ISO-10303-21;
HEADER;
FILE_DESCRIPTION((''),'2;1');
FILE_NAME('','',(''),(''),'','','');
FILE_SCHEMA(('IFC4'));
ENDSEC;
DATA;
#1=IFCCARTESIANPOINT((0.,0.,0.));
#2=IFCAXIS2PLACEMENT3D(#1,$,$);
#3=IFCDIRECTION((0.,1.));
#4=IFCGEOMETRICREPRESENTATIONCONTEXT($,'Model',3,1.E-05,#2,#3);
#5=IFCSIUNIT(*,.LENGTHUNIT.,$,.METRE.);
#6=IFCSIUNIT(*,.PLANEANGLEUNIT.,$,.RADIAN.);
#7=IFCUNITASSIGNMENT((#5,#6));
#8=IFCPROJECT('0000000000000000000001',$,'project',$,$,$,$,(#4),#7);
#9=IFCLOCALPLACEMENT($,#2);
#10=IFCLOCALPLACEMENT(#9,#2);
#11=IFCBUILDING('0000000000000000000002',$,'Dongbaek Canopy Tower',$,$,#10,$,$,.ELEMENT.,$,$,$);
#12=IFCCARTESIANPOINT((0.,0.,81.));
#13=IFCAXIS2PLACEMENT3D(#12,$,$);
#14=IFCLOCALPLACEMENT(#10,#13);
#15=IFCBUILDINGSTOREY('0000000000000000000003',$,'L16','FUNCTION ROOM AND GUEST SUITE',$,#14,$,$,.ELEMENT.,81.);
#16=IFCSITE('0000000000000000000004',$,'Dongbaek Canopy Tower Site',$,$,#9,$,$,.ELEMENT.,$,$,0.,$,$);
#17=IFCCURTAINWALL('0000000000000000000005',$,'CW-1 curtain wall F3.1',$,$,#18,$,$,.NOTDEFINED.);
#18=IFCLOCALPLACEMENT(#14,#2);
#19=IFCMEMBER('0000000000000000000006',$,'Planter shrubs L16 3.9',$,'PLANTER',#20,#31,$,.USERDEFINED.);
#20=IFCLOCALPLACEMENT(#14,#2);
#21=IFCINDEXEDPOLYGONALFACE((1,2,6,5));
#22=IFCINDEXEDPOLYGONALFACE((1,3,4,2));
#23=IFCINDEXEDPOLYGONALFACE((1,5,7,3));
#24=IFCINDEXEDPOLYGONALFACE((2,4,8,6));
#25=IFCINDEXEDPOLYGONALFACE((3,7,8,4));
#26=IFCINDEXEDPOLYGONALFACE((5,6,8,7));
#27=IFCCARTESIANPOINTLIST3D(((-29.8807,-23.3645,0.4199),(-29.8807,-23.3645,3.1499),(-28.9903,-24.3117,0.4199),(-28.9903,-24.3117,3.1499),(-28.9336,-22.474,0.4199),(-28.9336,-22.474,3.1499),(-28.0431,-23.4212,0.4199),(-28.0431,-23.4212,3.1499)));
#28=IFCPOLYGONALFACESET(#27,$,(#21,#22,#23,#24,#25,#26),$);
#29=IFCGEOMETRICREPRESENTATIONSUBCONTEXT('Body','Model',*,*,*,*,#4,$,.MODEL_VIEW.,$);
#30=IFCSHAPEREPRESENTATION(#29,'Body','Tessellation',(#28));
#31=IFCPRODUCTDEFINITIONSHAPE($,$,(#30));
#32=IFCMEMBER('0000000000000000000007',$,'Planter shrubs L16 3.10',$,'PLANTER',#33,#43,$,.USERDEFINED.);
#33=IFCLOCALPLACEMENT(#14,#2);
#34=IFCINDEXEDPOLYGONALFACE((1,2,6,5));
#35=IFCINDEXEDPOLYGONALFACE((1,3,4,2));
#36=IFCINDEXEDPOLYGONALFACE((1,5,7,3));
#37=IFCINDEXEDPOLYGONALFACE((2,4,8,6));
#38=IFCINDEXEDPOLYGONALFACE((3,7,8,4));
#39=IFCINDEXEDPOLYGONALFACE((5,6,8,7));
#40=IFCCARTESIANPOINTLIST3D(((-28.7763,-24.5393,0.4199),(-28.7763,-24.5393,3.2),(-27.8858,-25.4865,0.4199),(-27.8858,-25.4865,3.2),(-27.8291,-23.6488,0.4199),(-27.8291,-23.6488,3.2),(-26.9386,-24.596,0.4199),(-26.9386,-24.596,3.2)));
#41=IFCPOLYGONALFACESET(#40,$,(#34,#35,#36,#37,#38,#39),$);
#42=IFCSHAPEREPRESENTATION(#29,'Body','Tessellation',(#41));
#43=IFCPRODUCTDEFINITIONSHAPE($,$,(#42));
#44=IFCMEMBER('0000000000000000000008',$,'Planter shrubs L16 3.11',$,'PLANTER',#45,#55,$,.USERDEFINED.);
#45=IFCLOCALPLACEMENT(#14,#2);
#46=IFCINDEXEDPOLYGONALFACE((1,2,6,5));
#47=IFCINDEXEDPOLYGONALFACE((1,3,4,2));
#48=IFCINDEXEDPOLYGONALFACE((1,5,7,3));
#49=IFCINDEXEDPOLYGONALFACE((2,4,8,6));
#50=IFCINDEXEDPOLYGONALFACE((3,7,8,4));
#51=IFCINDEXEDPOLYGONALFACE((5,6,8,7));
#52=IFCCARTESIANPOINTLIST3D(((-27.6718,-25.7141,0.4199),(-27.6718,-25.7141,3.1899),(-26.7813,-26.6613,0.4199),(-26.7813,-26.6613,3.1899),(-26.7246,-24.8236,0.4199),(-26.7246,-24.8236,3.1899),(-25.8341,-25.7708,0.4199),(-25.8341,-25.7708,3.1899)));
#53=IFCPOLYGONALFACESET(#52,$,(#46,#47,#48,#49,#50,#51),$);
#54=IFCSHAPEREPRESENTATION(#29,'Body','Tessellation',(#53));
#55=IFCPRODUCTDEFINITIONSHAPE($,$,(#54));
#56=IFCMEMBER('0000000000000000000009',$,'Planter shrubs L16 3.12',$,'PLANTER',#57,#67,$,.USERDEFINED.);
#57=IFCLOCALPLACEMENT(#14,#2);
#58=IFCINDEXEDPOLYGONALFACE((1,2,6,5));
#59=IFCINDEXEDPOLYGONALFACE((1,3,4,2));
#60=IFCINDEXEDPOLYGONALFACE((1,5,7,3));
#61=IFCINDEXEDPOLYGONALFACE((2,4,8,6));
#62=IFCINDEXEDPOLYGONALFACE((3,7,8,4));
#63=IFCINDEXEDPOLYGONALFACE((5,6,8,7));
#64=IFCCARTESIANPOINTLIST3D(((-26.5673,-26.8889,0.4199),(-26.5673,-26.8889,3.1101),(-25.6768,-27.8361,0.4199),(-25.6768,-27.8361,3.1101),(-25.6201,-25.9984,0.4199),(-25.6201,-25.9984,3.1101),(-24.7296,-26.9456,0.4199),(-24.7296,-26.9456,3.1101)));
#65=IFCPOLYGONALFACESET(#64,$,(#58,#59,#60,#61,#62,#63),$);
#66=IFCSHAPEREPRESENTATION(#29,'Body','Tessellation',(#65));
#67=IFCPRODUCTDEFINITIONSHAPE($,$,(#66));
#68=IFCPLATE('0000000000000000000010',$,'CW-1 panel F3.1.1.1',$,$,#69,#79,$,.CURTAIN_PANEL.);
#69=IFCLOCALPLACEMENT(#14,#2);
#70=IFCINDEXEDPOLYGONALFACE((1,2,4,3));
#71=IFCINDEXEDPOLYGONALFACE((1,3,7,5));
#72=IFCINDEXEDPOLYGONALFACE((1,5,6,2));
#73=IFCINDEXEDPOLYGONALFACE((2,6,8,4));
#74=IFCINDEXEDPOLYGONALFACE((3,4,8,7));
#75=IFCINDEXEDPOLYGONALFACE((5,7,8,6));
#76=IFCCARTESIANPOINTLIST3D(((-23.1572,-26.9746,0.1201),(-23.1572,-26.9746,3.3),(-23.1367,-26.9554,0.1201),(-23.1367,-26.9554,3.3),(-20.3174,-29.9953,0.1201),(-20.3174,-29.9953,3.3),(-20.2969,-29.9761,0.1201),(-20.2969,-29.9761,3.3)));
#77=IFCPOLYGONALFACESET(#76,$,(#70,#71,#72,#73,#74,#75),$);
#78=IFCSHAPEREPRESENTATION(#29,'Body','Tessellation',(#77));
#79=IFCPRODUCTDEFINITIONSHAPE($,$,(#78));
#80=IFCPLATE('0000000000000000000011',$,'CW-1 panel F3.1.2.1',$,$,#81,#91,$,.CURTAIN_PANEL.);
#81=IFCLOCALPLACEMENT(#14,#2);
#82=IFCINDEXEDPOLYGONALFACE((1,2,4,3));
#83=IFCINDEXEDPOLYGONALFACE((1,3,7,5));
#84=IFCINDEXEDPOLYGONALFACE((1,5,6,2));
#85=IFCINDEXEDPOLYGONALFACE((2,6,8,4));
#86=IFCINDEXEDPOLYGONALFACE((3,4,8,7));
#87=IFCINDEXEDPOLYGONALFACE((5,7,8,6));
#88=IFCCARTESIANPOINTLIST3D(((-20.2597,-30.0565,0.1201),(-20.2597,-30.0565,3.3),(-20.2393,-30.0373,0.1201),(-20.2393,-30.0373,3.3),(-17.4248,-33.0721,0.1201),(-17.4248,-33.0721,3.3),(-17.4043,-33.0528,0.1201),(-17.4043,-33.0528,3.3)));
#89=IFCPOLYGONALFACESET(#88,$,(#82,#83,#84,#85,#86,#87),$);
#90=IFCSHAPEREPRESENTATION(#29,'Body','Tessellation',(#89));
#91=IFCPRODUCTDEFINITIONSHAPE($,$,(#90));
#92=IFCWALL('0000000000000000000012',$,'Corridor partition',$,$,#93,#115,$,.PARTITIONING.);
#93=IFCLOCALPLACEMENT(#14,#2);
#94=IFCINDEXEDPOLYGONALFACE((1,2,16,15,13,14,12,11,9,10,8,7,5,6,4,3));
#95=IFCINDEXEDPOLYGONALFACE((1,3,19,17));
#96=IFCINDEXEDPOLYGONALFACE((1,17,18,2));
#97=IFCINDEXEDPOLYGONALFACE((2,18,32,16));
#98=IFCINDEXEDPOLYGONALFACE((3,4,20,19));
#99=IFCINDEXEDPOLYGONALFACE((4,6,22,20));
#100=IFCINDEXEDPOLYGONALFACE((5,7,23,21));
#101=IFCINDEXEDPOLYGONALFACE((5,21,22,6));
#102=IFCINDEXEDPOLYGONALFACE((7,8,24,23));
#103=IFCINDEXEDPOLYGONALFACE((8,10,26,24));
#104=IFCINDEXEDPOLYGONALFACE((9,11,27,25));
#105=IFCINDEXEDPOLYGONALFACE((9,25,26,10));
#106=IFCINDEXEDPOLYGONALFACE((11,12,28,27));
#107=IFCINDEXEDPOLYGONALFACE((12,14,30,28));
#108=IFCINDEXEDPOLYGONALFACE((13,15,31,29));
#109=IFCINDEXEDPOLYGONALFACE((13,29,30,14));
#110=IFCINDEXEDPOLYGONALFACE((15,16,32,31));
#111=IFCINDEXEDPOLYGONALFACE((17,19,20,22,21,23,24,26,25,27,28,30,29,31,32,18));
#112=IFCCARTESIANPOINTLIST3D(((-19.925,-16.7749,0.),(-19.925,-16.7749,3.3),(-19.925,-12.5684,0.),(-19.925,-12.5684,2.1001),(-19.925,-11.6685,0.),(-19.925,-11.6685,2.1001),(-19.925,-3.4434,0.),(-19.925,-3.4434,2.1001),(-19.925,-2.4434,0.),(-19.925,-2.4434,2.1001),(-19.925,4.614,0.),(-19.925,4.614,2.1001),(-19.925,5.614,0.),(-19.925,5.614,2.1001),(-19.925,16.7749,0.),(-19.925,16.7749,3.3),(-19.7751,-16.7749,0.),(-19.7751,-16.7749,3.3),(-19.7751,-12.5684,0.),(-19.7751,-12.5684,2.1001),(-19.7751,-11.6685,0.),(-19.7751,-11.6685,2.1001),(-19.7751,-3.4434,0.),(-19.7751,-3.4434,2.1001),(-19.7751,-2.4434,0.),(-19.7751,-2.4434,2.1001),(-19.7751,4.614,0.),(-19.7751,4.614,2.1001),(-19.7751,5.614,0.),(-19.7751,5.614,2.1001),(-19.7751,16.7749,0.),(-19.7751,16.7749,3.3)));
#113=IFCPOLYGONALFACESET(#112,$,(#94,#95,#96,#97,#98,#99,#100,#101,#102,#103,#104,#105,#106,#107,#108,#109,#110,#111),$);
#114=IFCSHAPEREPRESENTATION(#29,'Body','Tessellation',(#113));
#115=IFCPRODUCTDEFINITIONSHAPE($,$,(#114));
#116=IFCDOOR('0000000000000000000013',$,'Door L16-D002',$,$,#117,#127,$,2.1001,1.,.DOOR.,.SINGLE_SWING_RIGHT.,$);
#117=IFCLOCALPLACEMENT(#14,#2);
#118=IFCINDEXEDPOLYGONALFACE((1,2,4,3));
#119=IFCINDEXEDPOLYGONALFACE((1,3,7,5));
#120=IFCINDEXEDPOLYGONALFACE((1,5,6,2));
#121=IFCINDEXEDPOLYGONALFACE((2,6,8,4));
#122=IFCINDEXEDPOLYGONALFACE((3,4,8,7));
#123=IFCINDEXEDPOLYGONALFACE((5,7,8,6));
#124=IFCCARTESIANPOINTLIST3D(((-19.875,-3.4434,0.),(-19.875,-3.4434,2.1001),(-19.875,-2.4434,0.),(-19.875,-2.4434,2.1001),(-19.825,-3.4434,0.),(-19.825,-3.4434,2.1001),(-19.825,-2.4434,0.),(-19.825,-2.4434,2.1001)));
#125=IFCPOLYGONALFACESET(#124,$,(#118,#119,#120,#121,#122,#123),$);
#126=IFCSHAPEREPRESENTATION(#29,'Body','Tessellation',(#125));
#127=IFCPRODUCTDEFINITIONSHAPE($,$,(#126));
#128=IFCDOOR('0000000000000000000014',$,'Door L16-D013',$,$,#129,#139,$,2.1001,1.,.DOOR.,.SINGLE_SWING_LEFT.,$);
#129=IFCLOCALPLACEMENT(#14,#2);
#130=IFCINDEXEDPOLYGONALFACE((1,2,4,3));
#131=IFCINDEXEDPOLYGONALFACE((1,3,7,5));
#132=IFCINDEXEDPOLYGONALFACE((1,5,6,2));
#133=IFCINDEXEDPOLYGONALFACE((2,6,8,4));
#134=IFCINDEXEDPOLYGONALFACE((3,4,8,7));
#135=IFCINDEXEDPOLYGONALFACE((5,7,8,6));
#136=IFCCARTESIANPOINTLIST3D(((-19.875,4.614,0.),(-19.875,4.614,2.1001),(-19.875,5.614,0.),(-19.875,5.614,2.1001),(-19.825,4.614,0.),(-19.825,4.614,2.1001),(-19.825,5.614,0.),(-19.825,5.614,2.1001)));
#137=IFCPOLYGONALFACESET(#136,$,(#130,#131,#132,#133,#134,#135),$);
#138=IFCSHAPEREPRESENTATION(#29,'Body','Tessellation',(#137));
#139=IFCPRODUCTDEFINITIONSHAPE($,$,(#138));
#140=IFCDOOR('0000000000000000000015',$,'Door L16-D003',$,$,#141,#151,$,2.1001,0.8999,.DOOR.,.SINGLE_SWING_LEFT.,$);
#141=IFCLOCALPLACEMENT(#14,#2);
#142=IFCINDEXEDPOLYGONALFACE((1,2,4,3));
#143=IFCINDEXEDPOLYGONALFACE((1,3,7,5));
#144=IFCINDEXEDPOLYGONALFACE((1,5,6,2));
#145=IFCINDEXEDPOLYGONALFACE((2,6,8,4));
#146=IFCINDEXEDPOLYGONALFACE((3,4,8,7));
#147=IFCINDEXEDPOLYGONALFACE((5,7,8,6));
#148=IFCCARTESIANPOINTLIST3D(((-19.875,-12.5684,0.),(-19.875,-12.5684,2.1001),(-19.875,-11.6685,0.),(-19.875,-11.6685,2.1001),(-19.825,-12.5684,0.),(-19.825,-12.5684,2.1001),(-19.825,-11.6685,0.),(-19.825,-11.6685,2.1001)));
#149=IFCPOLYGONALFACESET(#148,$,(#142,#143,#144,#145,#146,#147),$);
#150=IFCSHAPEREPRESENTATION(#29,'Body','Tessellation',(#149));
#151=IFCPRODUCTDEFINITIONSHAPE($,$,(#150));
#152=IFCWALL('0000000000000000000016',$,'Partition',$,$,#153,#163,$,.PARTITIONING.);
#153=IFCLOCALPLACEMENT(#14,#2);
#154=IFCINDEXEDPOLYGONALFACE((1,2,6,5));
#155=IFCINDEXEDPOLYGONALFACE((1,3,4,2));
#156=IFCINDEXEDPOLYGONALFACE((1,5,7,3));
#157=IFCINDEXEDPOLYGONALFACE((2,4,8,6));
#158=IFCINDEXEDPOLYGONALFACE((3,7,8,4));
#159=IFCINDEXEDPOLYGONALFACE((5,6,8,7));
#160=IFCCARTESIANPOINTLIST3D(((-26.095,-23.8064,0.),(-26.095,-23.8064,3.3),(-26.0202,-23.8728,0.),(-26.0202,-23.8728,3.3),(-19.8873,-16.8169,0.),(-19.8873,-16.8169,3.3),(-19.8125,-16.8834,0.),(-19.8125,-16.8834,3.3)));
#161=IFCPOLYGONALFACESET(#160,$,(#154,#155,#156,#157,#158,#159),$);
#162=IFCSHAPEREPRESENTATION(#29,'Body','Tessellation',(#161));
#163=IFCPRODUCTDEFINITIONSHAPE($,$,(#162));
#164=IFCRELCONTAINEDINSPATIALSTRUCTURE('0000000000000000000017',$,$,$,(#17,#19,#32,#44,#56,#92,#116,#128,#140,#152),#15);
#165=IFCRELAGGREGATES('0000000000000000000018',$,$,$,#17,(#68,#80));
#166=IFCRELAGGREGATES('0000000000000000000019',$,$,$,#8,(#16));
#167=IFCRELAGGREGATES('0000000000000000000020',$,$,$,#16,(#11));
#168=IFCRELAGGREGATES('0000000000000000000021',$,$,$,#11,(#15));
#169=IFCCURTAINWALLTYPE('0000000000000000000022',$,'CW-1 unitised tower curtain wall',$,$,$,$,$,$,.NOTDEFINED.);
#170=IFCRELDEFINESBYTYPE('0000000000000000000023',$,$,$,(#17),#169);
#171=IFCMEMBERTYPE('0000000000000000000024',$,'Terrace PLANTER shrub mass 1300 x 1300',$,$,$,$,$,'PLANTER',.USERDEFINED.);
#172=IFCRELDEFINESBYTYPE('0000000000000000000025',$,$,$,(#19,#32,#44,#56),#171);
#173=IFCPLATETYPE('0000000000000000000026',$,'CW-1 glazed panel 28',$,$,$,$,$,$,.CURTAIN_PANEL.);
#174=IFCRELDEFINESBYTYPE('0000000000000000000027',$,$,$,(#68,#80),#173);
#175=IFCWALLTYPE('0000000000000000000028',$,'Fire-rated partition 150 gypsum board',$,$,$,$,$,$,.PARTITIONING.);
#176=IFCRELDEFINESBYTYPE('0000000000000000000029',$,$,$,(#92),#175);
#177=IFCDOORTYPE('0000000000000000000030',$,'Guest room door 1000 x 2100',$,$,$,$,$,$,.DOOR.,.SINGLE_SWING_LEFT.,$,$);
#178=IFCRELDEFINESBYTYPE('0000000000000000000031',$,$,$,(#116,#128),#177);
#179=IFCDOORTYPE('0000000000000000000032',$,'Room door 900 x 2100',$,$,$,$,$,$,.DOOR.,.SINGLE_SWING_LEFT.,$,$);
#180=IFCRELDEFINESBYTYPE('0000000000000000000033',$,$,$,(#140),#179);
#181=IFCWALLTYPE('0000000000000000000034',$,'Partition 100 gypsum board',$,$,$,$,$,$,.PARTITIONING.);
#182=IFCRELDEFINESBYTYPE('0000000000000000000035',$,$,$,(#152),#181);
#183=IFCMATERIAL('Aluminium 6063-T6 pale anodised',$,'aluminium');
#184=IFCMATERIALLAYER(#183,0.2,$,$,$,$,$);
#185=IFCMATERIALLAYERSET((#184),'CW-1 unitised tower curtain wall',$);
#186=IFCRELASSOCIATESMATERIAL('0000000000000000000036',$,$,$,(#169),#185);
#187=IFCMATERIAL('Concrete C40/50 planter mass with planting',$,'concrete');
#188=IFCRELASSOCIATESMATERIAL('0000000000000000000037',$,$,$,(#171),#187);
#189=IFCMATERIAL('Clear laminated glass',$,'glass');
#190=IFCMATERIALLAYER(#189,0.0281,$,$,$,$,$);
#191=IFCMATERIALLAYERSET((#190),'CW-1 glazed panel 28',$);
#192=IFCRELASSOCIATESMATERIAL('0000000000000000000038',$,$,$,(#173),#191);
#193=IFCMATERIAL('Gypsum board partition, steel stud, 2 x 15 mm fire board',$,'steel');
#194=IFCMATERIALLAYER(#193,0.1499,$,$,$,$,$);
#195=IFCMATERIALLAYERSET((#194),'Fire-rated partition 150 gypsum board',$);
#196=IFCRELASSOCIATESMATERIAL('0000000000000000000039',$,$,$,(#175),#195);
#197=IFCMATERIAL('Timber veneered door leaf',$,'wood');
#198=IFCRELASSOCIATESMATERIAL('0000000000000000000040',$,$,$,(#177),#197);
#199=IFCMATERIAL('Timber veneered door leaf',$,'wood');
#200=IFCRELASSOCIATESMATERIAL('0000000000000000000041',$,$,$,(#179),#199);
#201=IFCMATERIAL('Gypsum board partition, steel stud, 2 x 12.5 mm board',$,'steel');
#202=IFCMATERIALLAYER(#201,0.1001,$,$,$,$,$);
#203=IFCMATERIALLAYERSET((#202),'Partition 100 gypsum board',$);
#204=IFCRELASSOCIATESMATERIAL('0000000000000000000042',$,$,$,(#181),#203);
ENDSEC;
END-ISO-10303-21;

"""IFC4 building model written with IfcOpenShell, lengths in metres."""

from ifc_helpers import new_model, si_unit, direction, frame, frame_2d, origin, origin_2d, place, context, subcontext, project, spatial, rectangle, extrude, material, layer, layer_set, material_profile, profile_set, type_object, element, fill, aggregate, save


model = new_model("IFC4")

# Units and contexts
model_context = context("Model", 3, precision=1e-05, world=origin(), true_north=direction((0.0, 1.0)))
body_context = subcontext(model_context, "Body", "Model", "MODEL_VIEW")
ifc_project = project(units=[si_unit("LENGTHUNIT", "METRE"), si_unit("PLANEANGLEUNIT", "RADIAN")], contexts=[model_context])

# Site, building, storey
site_placement = place(None, origin())
site = spatial("IfcSite", under=ifc_project, at=site_placement, Name="Dongbaek Canopy Tower Site", CompositionType="ELEMENT", RefElevation=0.0)
building_placement = place(site_placement, origin())
building = spatial("IfcBuilding", under=site, at=building_placement, Name="Dongbaek Canopy Tower", CompositionType="ELEMENT")
storey_placement = place(building_placement, frame((0.0, 0.0, 81.0)))
storey = spatial("IfcBuildingStorey", under=building, at=storey_placement, Name="L16", Description="FUNCTION ROOM AND GUEST SUITE", CompositionType="ELEMENT", Elevation=81.0)

# Curtain wall
ifc_material_1 = material(Name="Aluminium 6063-T6 pale anodised", Category="aluminium")
ifc_layer_1 = layer(ifc_material_1, 0.2)
ifc_layer_set_1 = layer_set([ifc_layer_1], Name="CW-1 unitised tower curtain wall")
curtain_wall_type = type_object("IfcCurtainWallType", Name="CW-1 unitised tower curtain wall", PredefinedType="NOTDEFINED", material=ifc_layer_set_1)
curtain_wall_placement = place(storey_placement, origin())
curtain_wall = element("IfcCurtainWall", 1, at=curtain_wall_placement, inside=storey, type_object=curtain_wall_type, Name="CW-1 curtain wall F3.1", PredefinedType="NOTDEFINED")

# Members
ifc_material_2 = material(Name="Concrete C40/50 planter mass with planting", Category="concrete")
ifc_material_profile_1 = material_profile(ifc_material_2, rectangle(XDim=1.3, YDim=1.3, at=origin_2d()), Name="Terrace PLANTER shrub mass 1300 x 1300")
ifc_profile_set_1 = profile_set([ifc_material_profile_1], Name="Concrete C40/50 planter mass with planting")
member_type_1 = type_object("IfcMemberType", Name="Terrace PLANTER shrub mass 1300 x 1300", ElementType="PLANTER", PredefinedType="USERDEFINED", material=ifc_profile_set_1)
member_1_placement = place(storey_placement, frame((-28.9619, -23.3928, 0.4199), z_axis=(0.0, 0.0, 1.0), x_axis=(-0.728585, -0.684956, 0.0)))
element("IfcMember", 2, at=member_1_placement, inside=storey, type_object=member_type_1, Name="Planter shrubs L16 3.9", ObjectType="PLANTER", PredefinedType="USERDEFINED", context=body_context, shape_type="SweptSolid", body=[
    extrude(rectangle(XDim=1.3, YDim=1.3, at=origin_2d()), origin(), (0.0, 0.0, 1.0), 2.73),
])
member_2_placement = place(storey_placement, frame((-27.8574, -24.5676, 0.4199), z_axis=(0.0, 0.0, 1.0), x_axis=(-0.728585, -0.684956, 0.0)))
element("IfcMember", 3, at=member_2_placement, inside=storey, type_object=member_type_1, Name="Planter shrubs L16 3.10", ObjectType="PLANTER", PredefinedType="USERDEFINED", context=body_context, shape_type="SweptSolid", body=[
    extrude(rectangle(XDim=1.3, YDim=1.3, at=origin_2d()), origin(), (0.0, 0.0, 1.0), 2.78),
])
member_3_placement = place(storey_placement, frame((-26.7529, -25.7424, 0.4199), z_axis=(0.0, 0.0, 1.0), x_axis=(-0.728585, -0.684956, 0.0)))
element("IfcMember", 4, at=member_3_placement, inside=storey, type_object=member_type_1, Name="Planter shrubs L16 3.11", ObjectType="PLANTER", PredefinedType="USERDEFINED", context=body_context, shape_type="SweptSolid", body=[
    extrude(rectangle(XDim=1.3, YDim=1.3, at=origin_2d()), origin(), (0.0, 0.0, 1.0), 2.77),
])
member_4_placement = place(storey_placement, frame((-25.6484, -26.9172, 0.4199), z_axis=(0.0, 0.0, 1.0), x_axis=(-0.728585, -0.684956, 0.0)))
element("IfcMember", 5, at=member_4_placement, inside=storey, type_object=member_type_1, Name="Planter shrubs L16 3.12", ObjectType="PLANTER", PredefinedType="USERDEFINED", context=body_context, shape_type="SweptSolid", body=[
    extrude(rectangle(XDim=1.3, YDim=1.3, at=origin_2d()), origin(), (0.0, 0.0, 1.0), 2.6902),
])

# Plates
ifc_material_3 = material(Name="Clear laminated glass", Category="glass")
ifc_layer_2 = layer(ifc_material_3, 0.0281)
ifc_layer_set_2 = layer_set([ifc_layer_2], Name="CW-1 glazed panel 28")
plate_type = type_object("IfcPlateType", Name="CW-1 glazed panel 28", PredefinedType="CURTAIN_PANEL", material=ifc_layer_set_2)
plate_1_placement = place(storey_placement, frame((-21.7271, -28.4753, 0.1201), z_axis=(0.0, 0.0, 1.0), x_axis=(0.684956, -0.728585, 0.0)))
plate_1 = element("IfcPlate", 6, at=plate_1_placement, type_object=plate_type, Name="CW-1 panel F3.1.1.1", PredefinedType="CURTAIN_PANEL", context=body_context, shape_type="SweptSolid", body=[
    extrude(rectangle(XDim=4.146, YDim=0.0281, at=origin_2d()), origin(), (0.0, 0.0, 1.0), 3.1799),
])
plate_2_placement = place(storey_placement, frame((-18.832, -31.5547, 0.1201), z_axis=(0.0, 0.0, 1.0), x_axis=(0.684956, -0.728585, 0.0)))
plate_2 = element("IfcPlate", 7, at=plate_2_placement, type_object=plate_type, Name="CW-1 panel F3.1.2.1", PredefinedType="CURTAIN_PANEL", context=body_context, shape_type="SweptSolid", body=[
    extrude(rectangle(XDim=4.1389, YDim=0.0281, at=origin_2d()), origin(), (0.0, 0.0, 1.0), 3.1799),
])

# Wall, openings, doors
ifc_material_4 = material(Name="Gypsum board partition, steel stud, 2 x 15 mm fire board", Category="steel")
ifc_layer_3 = layer(ifc_material_4, 0.1499)
ifc_layer_set_3 = layer_set([ifc_layer_3], Name="Fire-rated partition 150 gypsum board")
wall_type_1 = type_object("IfcWallType", Name="Fire-rated partition 150 gypsum board", PredefinedType="PARTITIONING", material=ifc_layer_set_3)
wall_1_placement = place(storey_placement, frame((-19.8501, -16.7749, 0.0), z_axis=(0.0, 0.0, 1.0), x_axis=(0.0, 1.0, 0.0)))
wall_1 = element("IfcWall", 8, at=wall_1_placement, inside=storey, type_object=wall_type_1, Name="Corridor partition", PredefinedType="PARTITIONING", context=body_context, shape_type="SweptSolid", body=[
    extrude(rectangle(XDim=33.5498, YDim=0.1499, at=frame_2d((16.7749, 0.0))), origin(), (0.0, 0.0, 1.0), 3.3),
])
opening_1_placement = place(wall_1_placement, frame((13.3315, 0.0, 0.0)))
opening_1 = element("IfcOpeningElement", 9, at=opening_1_placement, cuts=wall_1, PredefinedType="OPENING", context=body_context, shape_type="SweptSolid", body=[
    extrude(rectangle(XDim=1.0, YDim=2.1001, at=frame_2d((0.5, 1.05))), frame((0.0, 0.085, 0.0), z_axis=(0.0, -1.0, 0.0), x_axis=(1.0, 0.0, 0.0)), (0.0, 0.0, 1.0), 0.1699),
])
opening_2_placement = place(wall_1_placement, frame((4.2065, 0.0, 0.0)))
opening_2 = element("IfcOpeningElement", 10, at=opening_2_placement, cuts=wall_1, PredefinedType="OPENING", context=body_context, shape_type="SweptSolid", body=[
    extrude(rectangle(XDim=0.8999, YDim=2.1001, at=frame_2d((0.45, 1.05))), frame((0.0, 0.085, 0.0), z_axis=(0.0, -1.0, 0.0), x_axis=(1.0, 0.0, 0.0)), (0.0, 0.0, 1.0), 0.1699),
])
opening_3_placement = place(wall_1_placement, frame((21.3889, 0.0, 0.0)))
opening_3 = element("IfcOpeningElement", 11, at=opening_3_placement, cuts=wall_1, PredefinedType="OPENING", context=body_context, shape_type="SweptSolid", body=[
    extrude(rectangle(XDim=1.0, YDim=2.1001, at=frame_2d((0.5, 1.05))), frame((0.0, 0.085, 0.0), z_axis=(0.0, -1.0, 0.0), x_axis=(1.0, 0.0, 0.0)), (0.0, 0.0, 1.0), 0.1699),
])
ifc_material_5 = material(Name="Timber veneered door leaf", Category="wood")
door_type_1 = type_object("IfcDoorType", Name="Guest room door 1000 x 2100", OperationType="SINGLE_SWING_LEFT", PredefinedType="DOOR", material=ifc_material_5)
door_1_placement = place(opening_1_placement, origin())
door_1 = element("IfcDoor", 12, at=door_1_placement, inside=storey, type_object=door_type_1, Name="Door L16-D002", OperationType="SINGLE_SWING_RIGHT", OverallHeight=2.1001, OverallWidth=1.0, PredefinedType="DOOR", context=body_context, shape_type="SweptSolid", body=[
    extrude(rectangle(XDim=1.0, YDim=2.1001, at=frame_2d((0.5, 1.05))), frame((0.0, 0.0249, 0.0), z_axis=(0.0, -1.0, 0.0), x_axis=(1.0, 0.0, 0.0)), (0.0, 0.0, 1.0), 0.05),
])
fill(opening_1, door_1)
door_2_placement = place(opening_3_placement, origin())
door_2 = element("IfcDoor", 13, at=door_2_placement, inside=storey, type_object=door_type_1, Name="Door L16-D013", OperationType="SINGLE_SWING_LEFT", OverallHeight=2.1001, OverallWidth=1.0, PredefinedType="DOOR", context=body_context, shape_type="SweptSolid", body=[
    extrude(rectangle(XDim=1.0, YDim=2.1001, at=frame_2d((0.5, 1.05))), frame((0.0, 0.0249, 0.0), z_axis=(0.0, -1.0, 0.0), x_axis=(1.0, 0.0, 0.0)), (0.0, 0.0, 1.0), 0.05),
])
fill(opening_3, door_2)
ifc_material_6 = material(Name="Timber veneered door leaf", Category="wood")
door_type_2 = type_object("IfcDoorType", Name="Room door 900 x 2100", OperationType="SINGLE_SWING_LEFT", PredefinedType="DOOR", material=ifc_material_6)
door_3_placement = place(opening_2_placement, origin())
door_3 = element("IfcDoor", 14, at=door_3_placement, inside=storey, type_object=door_type_2, Name="Door L16-D003", OperationType="SINGLE_SWING_LEFT", OverallHeight=2.1001, OverallWidth=0.8999, PredefinedType="DOOR", context=body_context, shape_type="SweptSolid", body=[
    extrude(rectangle(XDim=0.8999, YDim=2.1001, at=frame_2d((0.45, 1.05))), frame((0.0, 0.0249, 0.0), z_axis=(0.0, -1.0, 0.0), x_axis=(1.0, 0.0, 0.0)), (0.0, 0.0, 1.0), 0.05),
])
fill(opening_2, door_3)

# Wall
ifc_material_7 = material(Name="Gypsum board partition, steel stud, 2 x 12.5 mm board", Category="steel")
ifc_layer_4 = layer(ifc_material_7, 0.1001)
ifc_layer_set_4 = layer_set([ifc_layer_4], Name="Partition 100 gypsum board")
wall_type_2 = type_object("IfcWallType", Name="Partition 100 gypsum board", PredefinedType="PARTITIONING", material=ifc_layer_set_4)
wall_2_placement = place(storey_placement, frame((-26.0576, -23.8396, 0.0), z_axis=(0.0, 0.0, 1.0), x_axis=(0.664057, 0.747682, 0.0)))
element("IfcWall", 15, at=wall_2_placement, inside=storey, type_object=wall_type_2, Name="Partition", PredefinedType="PARTITIONING", context=body_context, shape_type="SweptSolid", body=[
    extrude(rectangle(XDim=9.3481, YDim=0.1001, at=frame_2d((4.6741, 0.0))), origin(), (0.0, 0.0, 1.0), 3.3),
])

aggregate(curtain_wall, [plate_1, plate_2])

save(model, "model.ifc")
